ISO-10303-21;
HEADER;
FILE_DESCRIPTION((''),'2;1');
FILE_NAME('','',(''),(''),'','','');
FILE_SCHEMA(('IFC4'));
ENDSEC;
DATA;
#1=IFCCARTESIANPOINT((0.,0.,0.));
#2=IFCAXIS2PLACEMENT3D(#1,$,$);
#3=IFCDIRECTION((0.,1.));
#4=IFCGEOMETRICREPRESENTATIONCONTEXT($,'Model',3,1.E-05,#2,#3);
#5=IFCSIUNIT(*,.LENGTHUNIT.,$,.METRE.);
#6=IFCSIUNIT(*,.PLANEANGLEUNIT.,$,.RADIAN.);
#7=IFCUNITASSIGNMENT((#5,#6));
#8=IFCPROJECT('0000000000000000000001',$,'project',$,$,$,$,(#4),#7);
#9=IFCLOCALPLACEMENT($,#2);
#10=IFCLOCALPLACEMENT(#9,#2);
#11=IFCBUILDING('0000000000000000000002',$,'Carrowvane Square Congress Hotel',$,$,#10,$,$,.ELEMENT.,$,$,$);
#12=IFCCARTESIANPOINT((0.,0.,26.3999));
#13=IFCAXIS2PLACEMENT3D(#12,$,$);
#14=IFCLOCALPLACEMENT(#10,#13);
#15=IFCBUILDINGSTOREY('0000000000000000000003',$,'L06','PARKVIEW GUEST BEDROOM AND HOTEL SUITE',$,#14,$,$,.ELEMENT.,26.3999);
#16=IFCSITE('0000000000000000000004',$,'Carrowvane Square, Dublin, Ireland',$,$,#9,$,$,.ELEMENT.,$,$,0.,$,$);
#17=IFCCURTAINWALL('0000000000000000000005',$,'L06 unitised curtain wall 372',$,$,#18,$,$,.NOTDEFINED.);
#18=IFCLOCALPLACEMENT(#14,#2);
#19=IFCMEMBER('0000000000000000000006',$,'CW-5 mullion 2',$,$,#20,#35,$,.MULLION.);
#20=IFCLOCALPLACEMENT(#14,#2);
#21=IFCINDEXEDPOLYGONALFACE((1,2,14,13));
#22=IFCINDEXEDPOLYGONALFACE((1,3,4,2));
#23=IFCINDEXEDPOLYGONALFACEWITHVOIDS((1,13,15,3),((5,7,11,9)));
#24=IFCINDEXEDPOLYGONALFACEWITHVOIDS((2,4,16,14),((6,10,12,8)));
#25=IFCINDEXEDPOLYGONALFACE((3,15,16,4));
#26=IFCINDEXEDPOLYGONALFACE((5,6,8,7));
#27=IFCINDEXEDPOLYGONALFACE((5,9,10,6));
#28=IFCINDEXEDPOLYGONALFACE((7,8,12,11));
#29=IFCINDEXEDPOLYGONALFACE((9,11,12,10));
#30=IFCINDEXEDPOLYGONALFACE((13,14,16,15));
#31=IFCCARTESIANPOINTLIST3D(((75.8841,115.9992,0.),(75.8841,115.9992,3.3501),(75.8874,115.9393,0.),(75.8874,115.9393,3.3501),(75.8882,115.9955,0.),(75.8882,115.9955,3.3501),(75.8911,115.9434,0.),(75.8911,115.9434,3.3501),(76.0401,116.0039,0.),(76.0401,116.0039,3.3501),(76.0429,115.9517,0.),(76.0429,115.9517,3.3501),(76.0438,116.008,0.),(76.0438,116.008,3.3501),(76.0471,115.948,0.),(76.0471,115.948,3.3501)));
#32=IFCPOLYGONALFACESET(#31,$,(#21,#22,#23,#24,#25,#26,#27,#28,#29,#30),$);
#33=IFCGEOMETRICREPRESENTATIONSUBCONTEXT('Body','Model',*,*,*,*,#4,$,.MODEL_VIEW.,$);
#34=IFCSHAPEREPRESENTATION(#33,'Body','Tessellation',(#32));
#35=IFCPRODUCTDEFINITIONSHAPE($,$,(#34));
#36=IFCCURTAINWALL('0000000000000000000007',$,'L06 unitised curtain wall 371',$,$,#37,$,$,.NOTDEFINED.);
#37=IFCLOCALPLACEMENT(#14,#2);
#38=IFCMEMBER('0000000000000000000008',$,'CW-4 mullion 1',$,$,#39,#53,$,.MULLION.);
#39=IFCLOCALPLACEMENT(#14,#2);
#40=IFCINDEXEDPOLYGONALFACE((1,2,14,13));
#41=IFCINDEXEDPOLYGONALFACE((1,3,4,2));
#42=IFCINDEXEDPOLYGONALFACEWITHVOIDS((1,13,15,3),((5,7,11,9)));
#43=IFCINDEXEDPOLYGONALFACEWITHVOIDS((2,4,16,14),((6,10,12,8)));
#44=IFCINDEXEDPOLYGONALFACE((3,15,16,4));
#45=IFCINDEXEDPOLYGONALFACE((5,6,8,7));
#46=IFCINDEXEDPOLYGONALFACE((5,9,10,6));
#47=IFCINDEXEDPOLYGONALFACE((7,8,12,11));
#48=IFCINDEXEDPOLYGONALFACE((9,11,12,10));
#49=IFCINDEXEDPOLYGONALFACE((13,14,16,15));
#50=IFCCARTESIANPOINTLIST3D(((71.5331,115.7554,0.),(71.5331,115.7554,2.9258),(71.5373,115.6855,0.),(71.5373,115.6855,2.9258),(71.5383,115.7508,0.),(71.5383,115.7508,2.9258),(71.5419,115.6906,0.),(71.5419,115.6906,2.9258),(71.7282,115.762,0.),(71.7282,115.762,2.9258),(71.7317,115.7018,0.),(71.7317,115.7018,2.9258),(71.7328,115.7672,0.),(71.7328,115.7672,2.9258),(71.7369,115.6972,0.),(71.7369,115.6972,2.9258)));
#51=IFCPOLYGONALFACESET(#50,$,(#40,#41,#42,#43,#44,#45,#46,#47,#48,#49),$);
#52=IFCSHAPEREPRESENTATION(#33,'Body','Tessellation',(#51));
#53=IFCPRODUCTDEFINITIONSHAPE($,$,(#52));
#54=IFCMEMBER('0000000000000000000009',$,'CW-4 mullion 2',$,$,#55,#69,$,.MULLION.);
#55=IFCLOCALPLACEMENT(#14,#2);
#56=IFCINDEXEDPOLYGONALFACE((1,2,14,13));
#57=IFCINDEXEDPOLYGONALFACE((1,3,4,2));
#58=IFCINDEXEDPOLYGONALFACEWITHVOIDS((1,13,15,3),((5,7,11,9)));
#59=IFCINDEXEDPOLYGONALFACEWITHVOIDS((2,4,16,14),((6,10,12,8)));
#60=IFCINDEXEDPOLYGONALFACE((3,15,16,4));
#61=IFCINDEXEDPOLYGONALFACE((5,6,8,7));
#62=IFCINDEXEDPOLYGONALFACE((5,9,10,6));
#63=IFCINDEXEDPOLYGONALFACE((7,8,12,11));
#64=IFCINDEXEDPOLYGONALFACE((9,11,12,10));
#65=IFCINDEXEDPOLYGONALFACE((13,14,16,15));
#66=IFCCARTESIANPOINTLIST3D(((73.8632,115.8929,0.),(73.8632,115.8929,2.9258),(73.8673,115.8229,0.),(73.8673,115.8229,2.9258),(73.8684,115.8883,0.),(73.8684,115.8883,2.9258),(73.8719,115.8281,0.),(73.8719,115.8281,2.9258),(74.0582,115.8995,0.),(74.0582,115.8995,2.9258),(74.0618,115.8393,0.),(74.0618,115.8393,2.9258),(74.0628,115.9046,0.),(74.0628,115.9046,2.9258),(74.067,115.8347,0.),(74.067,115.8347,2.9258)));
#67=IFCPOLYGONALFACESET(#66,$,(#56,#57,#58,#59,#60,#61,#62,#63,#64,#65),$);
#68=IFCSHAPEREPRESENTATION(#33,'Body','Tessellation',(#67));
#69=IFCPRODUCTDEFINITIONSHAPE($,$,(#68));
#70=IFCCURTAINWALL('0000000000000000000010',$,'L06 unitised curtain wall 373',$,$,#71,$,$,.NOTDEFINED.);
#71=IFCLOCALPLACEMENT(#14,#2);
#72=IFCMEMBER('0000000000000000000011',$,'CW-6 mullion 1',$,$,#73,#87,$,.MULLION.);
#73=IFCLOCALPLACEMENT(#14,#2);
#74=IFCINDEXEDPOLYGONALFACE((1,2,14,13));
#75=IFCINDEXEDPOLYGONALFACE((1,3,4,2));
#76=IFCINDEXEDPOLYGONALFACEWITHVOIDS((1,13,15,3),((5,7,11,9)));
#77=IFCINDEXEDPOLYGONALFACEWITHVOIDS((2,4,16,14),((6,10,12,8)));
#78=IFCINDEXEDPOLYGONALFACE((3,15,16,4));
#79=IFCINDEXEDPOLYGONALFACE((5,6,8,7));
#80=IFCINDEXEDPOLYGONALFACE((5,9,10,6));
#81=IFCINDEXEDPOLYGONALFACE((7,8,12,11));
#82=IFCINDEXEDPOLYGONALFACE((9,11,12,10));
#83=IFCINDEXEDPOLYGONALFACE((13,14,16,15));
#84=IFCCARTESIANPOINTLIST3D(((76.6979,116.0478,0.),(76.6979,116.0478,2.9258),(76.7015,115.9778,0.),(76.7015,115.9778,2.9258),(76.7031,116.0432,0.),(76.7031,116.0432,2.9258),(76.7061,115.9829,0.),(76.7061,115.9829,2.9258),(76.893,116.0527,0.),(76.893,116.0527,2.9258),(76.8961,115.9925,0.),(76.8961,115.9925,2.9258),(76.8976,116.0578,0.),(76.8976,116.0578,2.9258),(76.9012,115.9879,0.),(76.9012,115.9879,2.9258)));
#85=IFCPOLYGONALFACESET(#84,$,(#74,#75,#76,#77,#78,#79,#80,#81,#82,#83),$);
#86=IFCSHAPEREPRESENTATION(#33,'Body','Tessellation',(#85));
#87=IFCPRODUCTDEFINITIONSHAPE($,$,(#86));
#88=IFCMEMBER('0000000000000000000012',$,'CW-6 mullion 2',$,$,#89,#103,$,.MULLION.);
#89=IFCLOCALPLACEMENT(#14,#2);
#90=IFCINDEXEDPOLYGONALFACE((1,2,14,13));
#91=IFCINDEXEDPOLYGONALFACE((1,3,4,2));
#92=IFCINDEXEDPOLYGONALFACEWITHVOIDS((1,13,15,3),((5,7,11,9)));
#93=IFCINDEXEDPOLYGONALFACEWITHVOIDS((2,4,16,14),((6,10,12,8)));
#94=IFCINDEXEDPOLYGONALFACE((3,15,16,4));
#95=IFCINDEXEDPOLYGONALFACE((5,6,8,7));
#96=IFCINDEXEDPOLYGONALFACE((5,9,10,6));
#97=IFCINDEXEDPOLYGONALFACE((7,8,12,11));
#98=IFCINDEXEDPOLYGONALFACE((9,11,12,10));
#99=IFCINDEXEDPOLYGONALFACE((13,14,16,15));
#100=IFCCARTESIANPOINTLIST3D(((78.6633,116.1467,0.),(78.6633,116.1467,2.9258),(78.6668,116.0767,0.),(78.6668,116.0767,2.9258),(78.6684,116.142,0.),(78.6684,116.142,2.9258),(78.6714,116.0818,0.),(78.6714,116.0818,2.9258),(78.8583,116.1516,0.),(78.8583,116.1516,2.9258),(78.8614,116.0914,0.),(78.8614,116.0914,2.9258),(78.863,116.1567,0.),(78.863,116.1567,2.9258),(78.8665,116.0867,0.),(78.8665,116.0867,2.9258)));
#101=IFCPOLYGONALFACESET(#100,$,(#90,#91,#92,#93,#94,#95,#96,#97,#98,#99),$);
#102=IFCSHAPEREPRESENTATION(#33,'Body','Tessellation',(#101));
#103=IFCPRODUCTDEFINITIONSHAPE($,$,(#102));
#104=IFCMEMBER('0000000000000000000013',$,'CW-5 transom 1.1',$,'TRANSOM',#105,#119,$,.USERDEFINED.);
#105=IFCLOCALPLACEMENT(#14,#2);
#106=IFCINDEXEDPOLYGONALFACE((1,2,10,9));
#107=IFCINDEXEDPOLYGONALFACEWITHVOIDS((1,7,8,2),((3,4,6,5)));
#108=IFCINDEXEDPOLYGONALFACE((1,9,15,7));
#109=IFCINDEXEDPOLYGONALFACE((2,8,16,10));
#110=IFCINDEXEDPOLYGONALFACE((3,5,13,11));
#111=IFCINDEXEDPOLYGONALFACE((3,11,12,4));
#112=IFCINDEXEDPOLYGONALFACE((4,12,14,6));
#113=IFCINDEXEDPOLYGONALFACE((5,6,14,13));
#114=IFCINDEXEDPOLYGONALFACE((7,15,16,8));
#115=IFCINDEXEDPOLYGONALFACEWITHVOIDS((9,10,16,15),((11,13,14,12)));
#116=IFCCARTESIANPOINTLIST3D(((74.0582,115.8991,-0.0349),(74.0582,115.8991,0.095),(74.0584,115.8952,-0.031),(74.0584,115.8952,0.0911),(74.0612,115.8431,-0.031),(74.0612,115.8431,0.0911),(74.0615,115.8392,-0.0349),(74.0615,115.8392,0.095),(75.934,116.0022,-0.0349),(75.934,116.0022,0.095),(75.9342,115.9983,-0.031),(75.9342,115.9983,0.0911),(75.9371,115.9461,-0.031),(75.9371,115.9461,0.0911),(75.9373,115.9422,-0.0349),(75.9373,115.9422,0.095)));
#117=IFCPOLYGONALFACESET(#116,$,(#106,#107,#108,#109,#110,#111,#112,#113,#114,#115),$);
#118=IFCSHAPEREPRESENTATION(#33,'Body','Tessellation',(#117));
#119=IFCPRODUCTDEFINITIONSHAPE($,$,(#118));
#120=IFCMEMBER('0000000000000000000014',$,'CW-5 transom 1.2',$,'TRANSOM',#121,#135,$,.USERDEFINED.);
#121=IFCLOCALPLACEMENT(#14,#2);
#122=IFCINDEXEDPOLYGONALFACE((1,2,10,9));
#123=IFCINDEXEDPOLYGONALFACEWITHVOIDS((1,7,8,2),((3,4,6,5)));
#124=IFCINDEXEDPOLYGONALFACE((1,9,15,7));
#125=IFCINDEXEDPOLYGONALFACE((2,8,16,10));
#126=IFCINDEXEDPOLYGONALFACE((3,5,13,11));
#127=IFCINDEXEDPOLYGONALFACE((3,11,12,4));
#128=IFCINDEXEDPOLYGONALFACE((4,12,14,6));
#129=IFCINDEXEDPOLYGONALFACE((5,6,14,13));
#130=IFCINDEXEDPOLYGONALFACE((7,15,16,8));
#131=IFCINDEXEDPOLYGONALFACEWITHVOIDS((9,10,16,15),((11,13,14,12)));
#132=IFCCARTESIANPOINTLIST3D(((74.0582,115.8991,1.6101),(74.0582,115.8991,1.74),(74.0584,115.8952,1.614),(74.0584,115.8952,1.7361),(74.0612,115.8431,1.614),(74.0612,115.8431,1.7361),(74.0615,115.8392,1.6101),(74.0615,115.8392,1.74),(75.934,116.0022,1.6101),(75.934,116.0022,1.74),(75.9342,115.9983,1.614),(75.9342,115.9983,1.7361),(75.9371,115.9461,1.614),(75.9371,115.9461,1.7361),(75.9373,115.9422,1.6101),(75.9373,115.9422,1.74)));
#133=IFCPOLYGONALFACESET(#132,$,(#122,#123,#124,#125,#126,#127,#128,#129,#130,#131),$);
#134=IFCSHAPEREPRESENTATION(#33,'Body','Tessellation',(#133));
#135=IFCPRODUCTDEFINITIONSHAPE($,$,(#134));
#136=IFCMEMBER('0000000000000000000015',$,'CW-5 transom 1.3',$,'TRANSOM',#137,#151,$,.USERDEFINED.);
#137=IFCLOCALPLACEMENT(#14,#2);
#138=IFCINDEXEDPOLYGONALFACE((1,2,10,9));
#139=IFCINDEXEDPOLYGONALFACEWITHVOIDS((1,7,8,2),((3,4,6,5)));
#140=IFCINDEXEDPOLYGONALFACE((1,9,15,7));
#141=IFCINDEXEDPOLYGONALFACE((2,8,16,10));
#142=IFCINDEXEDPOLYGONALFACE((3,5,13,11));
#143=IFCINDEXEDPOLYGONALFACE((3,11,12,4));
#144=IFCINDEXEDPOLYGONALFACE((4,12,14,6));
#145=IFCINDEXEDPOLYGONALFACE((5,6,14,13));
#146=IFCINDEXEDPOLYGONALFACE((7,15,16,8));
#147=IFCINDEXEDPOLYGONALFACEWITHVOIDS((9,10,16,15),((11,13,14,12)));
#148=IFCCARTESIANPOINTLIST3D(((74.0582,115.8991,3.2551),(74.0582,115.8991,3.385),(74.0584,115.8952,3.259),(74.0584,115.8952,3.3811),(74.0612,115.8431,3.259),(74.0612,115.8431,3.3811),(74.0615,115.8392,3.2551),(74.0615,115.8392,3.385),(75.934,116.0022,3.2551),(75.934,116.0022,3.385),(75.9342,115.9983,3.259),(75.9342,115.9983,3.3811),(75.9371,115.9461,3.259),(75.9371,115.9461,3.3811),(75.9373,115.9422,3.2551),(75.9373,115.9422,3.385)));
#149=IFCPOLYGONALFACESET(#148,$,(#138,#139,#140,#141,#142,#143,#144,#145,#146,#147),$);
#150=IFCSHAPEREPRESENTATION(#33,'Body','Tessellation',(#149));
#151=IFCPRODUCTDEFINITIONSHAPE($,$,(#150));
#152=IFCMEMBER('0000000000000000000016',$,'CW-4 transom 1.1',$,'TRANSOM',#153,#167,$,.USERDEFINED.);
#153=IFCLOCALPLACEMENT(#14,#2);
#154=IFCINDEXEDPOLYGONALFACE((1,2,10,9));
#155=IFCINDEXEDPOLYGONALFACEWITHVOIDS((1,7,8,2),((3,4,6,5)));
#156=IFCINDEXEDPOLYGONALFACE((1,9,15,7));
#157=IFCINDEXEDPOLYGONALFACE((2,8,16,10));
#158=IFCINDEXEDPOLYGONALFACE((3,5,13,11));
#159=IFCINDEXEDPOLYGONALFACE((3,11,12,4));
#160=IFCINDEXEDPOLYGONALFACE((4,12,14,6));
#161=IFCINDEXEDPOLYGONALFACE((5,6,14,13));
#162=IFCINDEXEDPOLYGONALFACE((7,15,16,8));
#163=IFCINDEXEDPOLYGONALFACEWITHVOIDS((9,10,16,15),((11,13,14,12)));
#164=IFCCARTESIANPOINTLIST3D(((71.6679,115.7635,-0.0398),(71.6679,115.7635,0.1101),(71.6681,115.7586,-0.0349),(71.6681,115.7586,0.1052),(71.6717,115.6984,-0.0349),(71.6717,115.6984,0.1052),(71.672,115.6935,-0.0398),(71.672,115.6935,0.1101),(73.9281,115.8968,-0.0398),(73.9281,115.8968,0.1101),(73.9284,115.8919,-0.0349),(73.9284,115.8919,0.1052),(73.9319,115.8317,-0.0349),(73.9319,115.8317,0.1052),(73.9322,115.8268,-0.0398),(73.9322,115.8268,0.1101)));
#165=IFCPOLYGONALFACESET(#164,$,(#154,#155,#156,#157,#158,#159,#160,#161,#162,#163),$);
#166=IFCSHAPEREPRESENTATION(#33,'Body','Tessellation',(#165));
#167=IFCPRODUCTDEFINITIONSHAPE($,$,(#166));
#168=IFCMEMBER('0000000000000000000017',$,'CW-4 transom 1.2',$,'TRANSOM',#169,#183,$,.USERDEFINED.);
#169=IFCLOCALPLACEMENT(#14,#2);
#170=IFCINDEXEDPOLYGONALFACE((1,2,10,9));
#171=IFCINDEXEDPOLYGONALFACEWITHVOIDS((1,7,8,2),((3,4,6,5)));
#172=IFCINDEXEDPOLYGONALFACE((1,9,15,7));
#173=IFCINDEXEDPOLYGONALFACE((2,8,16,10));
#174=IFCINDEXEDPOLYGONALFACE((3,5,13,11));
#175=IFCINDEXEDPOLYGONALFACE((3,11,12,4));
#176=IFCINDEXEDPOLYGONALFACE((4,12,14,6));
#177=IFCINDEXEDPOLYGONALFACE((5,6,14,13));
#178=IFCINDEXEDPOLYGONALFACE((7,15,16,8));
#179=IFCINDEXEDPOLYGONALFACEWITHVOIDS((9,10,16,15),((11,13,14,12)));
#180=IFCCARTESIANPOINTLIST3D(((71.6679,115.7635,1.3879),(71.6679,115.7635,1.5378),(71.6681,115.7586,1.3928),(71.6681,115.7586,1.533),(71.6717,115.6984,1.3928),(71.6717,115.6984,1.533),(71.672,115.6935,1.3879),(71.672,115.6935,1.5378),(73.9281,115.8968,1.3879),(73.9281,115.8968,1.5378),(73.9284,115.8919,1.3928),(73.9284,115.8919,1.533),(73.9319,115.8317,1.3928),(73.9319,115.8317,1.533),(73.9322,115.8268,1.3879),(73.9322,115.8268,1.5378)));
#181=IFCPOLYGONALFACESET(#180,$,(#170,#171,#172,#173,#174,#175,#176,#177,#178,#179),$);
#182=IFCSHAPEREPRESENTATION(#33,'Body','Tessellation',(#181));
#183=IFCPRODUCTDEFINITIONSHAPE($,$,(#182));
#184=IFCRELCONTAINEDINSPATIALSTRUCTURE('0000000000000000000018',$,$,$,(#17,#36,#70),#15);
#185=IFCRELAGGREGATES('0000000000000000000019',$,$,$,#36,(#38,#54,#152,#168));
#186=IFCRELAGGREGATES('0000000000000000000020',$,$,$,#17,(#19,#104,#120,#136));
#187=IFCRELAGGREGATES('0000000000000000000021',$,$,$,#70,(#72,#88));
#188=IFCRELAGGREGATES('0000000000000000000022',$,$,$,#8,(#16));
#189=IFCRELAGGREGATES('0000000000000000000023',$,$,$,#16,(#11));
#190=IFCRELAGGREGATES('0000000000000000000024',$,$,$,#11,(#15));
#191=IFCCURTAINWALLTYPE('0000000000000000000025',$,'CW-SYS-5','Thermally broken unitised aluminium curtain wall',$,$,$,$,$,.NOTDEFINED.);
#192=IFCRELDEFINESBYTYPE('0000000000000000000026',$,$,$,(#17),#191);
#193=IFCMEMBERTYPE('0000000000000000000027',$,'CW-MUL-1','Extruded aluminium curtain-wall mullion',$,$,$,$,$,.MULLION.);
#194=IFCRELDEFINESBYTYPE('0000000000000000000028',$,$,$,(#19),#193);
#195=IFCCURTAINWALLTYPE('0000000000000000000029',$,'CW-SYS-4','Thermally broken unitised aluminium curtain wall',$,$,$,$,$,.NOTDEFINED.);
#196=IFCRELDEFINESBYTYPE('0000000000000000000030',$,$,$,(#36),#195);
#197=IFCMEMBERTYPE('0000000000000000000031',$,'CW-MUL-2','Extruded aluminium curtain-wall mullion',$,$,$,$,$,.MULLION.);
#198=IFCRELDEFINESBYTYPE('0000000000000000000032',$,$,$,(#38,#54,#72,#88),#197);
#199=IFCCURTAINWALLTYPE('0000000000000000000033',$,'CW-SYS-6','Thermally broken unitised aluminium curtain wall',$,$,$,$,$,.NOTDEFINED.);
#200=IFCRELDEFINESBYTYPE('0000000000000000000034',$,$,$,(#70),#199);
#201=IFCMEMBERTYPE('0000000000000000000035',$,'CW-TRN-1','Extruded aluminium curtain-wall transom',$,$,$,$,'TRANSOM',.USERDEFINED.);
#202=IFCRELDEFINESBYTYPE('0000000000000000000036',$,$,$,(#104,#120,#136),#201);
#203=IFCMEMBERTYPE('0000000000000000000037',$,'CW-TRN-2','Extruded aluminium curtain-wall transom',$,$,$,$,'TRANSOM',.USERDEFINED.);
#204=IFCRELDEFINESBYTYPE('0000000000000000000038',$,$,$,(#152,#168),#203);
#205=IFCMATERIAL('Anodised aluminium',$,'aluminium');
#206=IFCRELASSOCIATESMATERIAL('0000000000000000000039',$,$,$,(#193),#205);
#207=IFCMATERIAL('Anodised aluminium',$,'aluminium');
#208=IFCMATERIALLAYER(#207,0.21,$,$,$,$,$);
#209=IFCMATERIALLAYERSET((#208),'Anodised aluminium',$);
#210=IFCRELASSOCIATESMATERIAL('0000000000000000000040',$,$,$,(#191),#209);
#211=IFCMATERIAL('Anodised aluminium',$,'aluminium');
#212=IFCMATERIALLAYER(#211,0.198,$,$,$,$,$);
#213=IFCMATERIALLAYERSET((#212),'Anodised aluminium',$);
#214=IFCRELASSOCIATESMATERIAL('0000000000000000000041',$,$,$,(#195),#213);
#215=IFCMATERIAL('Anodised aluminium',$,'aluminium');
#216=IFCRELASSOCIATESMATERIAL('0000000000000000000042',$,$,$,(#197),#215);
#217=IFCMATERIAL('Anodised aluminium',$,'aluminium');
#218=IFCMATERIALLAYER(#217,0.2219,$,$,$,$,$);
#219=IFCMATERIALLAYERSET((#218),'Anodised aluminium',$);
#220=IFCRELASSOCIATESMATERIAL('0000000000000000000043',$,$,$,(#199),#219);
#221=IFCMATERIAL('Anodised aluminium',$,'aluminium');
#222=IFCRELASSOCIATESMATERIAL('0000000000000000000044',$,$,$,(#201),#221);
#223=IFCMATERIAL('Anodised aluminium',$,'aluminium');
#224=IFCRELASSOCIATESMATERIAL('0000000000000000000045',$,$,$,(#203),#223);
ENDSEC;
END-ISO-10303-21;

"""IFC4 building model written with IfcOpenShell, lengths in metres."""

from ifc_helpers import new_model, si_unit, direction, frame, origin, origin_2d, place, context, subcontext, project, spatial, hollow_rectangle, extrude, material, layer, layer_set, material_profile, profile_set, type_object, element, aggregate, save


model = new_model("IFC4")

# Units and contexts
model_context = context("Model", 3, precision=1e-05, world=origin(), true_north=direction((0.0, 1.0)))
body_context = subcontext(model_context, "Body", "Model", "MODEL_VIEW")
ifc_project = project(units=[si_unit("LENGTHUNIT", "METRE"), si_unit("PLANEANGLEUNIT", "RADIAN")], contexts=[model_context])

# Site, building, storey
site_placement = place(None, origin())
site = spatial("IfcSite", under=ifc_project, at=site_placement, Name="Carrowvane Square, Dublin, Ireland", CompositionType="ELEMENT", RefElevation=0.0)
building_placement = place(site_placement, origin())
building = spatial("IfcBuilding", under=site, at=building_placement, Name="Carrowvane Square Congress Hotel", CompositionType="ELEMENT")
storey_placement = place(building_placement, frame((0.0, 0.0, 26.3999)))
storey = spatial("IfcBuildingStorey", under=building, at=storey_placement, Name="L06", Description="PARKVIEW GUEST BEDROOM AND HOTEL SUITE", CompositionType="ELEMENT", Elevation=26.3999)

# Shared definitions
ifc_material_1 = material(Name="Anodised aluminium", Category="aluminium")
ifc_material_profile_1 = material_profile(ifc_material_1, hollow_rectangle(XDim=0.0601, YDim=0.1599, WallThickness=0.0039, at=origin_2d()), Name="CW-ML 60x160x4")
ifc_profile_set_1 = profile_set([ifc_material_profile_1], Name="Anodised aluminium")
member_type_1 = type_object("IfcMemberType", Name="CW-MUL-1", Description="Extruded aluminium curtain-wall mullion", PredefinedType="MULLION", material=ifc_profile_set_1)

# Curtain walls, members
ifc_material_2 = material(Name="Anodised aluminium", Category="aluminium")
ifc_layer_1 = layer(ifc_material_2, 0.21)
ifc_layer_set_1 = layer_set([ifc_layer_1], Name="Anodised aluminium")
curtain_wall_type_1 = type_object("IfcCurtainWallType", Name="CW-SYS-5", Description="Thermally broken unitised aluminium curtain wall", PredefinedType="NOTDEFINED", material=ifc_layer_set_1)
curtain_wall_1_placement = place(storey_placement, origin())
curtain_wall_1 = element("IfcCurtainWall", 1, at=curtain_wall_1_placement, inside=storey, type_object=curtain_wall_type_1, Name="L06 unitised curtain wall 372", PredefinedType="NOTDEFINED")
member_1_placement = place(storey_placement, frame((75.9656, 115.9736, 0.0), z_axis=(0.0, 0.0, 1.0), x_axis=(-0.054816, 0.998496, 0.0)))
member_1 = element("IfcMember", 2, at=member_1_placement, type_object=member_type_1, Name="CW-5 mullion 2", PredefinedType="MULLION", context=body_context, shape_type="SweptSolid", body=[
    extrude(hollow_rectangle(XDim=0.0601, YDim=0.1599, WallThickness=0.0039, at=origin_2d()), origin(), (0.0, 0.0, 1.0), 3.3501),
])
ifc_material_3 = material(Name="Anodised aluminium", Category="aluminium")
ifc_layer_2 = layer(ifc_material_3, 0.198)
ifc_layer_set_2 = layer_set([ifc_layer_2], Name="Anodised aluminium")
curtain_wall_type_2 = type_object("IfcCurtainWallType", Name="CW-SYS-4", Description="Thermally broken unitised aluminium curtain wall", PredefinedType="NOTDEFINED", material=ifc_layer_set_2)
curtain_wall_2_placement = place(storey_placement, origin())
curtain_wall_2 = element("IfcCurtainWall", 3, at=curtain_wall_2_placement, inside=storey, type_object=curtain_wall_type_2, Name="L06 unitised curtain wall 371", PredefinedType="NOTDEFINED")
ifc_material_4 = material(Name="Anodised aluminium", Category="aluminium")
ifc_material_profile_2 = material_profile(ifc_material_4, hollow_rectangle(XDim=0.0701, YDim=0.2, WallThickness=0.0049, at=origin_2d()), Name="CW-ML 70x200x5")
ifc_profile_set_2 = profile_set([ifc_material_profile_2], Name="Anodised aluminium")
member_type_2 = type_object("IfcMemberType", Name="CW-MUL-2", Description="Extruded aluminium curtain-wall mullion", PredefinedType="MULLION", material=ifc_profile_set_2)
member_2_placement = place(storey_placement, frame((71.635, 115.7263, 0.0), z_axis=(0.0, 0.0, 1.0), x_axis=(-0.058851, 0.998267, 0.0)))
member_2 = element("IfcMember", 4, at=member_2_placement, type_object=member_type_2, Name="CW-4 mullion 1", PredefinedType="MULLION", context=body_context, shape_type="SweptSolid", body=[
    extrude(hollow_rectangle(XDim=0.0701, YDim=0.2, WallThickness=0.0049, at=origin_2d()), origin(), (0.0, 0.0, 1.0), 2.9258),
])
member_3_placement = place(storey_placement, frame((73.9651, 115.8638, 0.0), z_axis=(0.0, 0.0, 1.0), x_axis=(-0.058851, 0.998267, 0.0)))
member_3 = element("IfcMember", 5, at=member_3_placement, type_object=member_type_2, Name="CW-4 mullion 2", PredefinedType="MULLION", context=body_context, shape_type="SweptSolid", body=[
    extrude(hollow_rectangle(XDim=0.0701, YDim=0.2, WallThickness=0.0049, at=origin_2d()), origin(), (0.0, 0.0, 1.0), 2.9258),
])
ifc_material_5 = material(Name="Anodised aluminium", Category="aluminium")
ifc_layer_3 = layer(ifc_material_5, 0.2219)
ifc_layer_set_3 = layer_set([ifc_layer_3], Name="Anodised aluminium")
curtain_wall_type_3 = type_object("IfcCurtainWallType", Name="CW-SYS-6", Description="Thermally broken unitised aluminium curtain wall", PredefinedType="NOTDEFINED", material=ifc_layer_set_3)
curtain_wall_3_placement = place(storey_placement, origin())
curtain_wall_3 = element("IfcCurtainWall", 6, at=curtain_wall_3_placement, inside=storey, type_object=curtain_wall_type_3, Name="L06 unitised curtain wall 373", PredefinedType="NOTDEFINED")
member_4_placement = place(storey_placement, frame((76.7996, 116.0178, 0.0), z_axis=(0.0, 0.0, 1.0), x_axis=(-0.050324, 0.998733, 0.0)))
member_4 = element("IfcMember", 7, at=member_4_placement, type_object=member_type_2, Name="CW-6 mullion 1", PredefinedType="MULLION", context=body_context, shape_type="SweptSolid", body=[
    extrude(hollow_rectangle(XDim=0.0701, YDim=0.2, WallThickness=0.0049, at=origin_2d()), origin(), (0.0, 0.0, 1.0), 2.9258),
])
member_5_placement = place(storey_placement, frame((78.7649, 116.1167, 0.0), z_axis=(0.0, 0.0, 1.0), x_axis=(-0.050324, 0.998733, 0.0)))
member_5 = element("IfcMember", 8, at=member_5_placement, type_object=member_type_2, Name="CW-6 mullion 2", PredefinedType="MULLION", context=body_context, shape_type="SweptSolid", body=[
    extrude(hollow_rectangle(XDim=0.0701, YDim=0.2, WallThickness=0.0049, at=origin_2d()), origin(), (0.0, 0.0, 1.0), 2.9258),
])

# Members
ifc_material_6 = material(Name="Anodised aluminium", Category="aluminium")
ifc_material_profile_3 = material_profile(ifc_material_6, hollow_rectangle(XDim=0.0601, YDim=0.1299, WallThickness=0.0039, at=origin_2d()), Name="CW-TR 60x130x4")
ifc_profile_set_3 = profile_set([ifc_material_profile_3], Name="Anodised aluminium")
member_type_3 = type_object("IfcMemberType", Name="CW-TRN-1", Description="Extruded aluminium curtain-wall transom", ElementType="TRANSOM", PredefinedType="USERDEFINED", material=ifc_profile_set_3)
member_6_placement = place(storey_placement, frame((74.0598, 115.8691, 0.03), z_axis=(0.998495, 0.054844, 0.0), x_axis=(-0.054844, 0.998495, 0.0)))
member_6 = element("IfcMember", 9, at=member_6_placement, type_object=member_type_3, Name="CW-5 transom 1.1", ObjectType="TRANSOM", PredefinedType="USERDEFINED", context=body_context, shape_type="SweptSolid", body=[
    extrude(hollow_rectangle(XDim=0.0601, YDim=0.1299, WallThickness=0.0039, at=origin_2d()), origin(), (0.0, 0.0, 1.0), 1.8787),
])
member_7_placement = place(storey_placement, frame((74.0598, 115.8691, 1.675), z_axis=(0.998495, 0.054844, 0.0), x_axis=(-0.054844, 0.998495, 0.0)))
member_7 = element("IfcMember", 10, at=member_7_placement, type_object=member_type_3, Name="CW-5 transom 1.2", ObjectType="TRANSOM", PredefinedType="USERDEFINED", context=body_context, shape_type="SweptSolid", body=[
    extrude(hollow_rectangle(XDim=0.0601, YDim=0.1299, WallThickness=0.0039, at=origin_2d()), origin(), (0.0, 0.0, 1.0), 1.8787),
])
member_8_placement = place(storey_placement, frame((74.0598, 115.8691, 3.3201), z_axis=(0.998495, 0.054844, 0.0), x_axis=(-0.054844, 0.998495, 0.0)))
member_8 = element("IfcMember", 11, at=member_8_placement, type_object=member_type_3, Name="CW-5 transom 1.3", ObjectType="TRANSOM", PredefinedType="USERDEFINED", context=body_context, shape_type="SweptSolid", body=[
    extrude(hollow_rectangle(XDim=0.0601, YDim=0.1299, WallThickness=0.0039, at=origin_2d()), origin(), (0.0, 0.0, 1.0), 1.8787),
])
ifc_material_7 = material(Name="Anodised aluminium", Category="aluminium")
ifc_material_profile_4 = material_profile(ifc_material_7, hollow_rectangle(XDim=0.0701, YDim=0.1499, WallThickness=0.0049, at=origin_2d()), Name="CW-TR 70x150x5")
ifc_profile_set_4 = profile_set([ifc_material_profile_4], Name="Anodised aluminium")
member_type_4 = type_object("IfcMemberType", Name="CW-TRN-2", Description="Extruded aluminium curtain-wall transom", ElementType="TRANSOM", PredefinedType="USERDEFINED", material=ifc_profile_set_4)
member_9_placement = place(storey_placement, frame((71.6699, 115.7285, 0.0352), z_axis=(0.998265, 0.058874, 0.0), x_axis=(-0.058874, 0.998265, 0.0)))
member_9 = element("IfcMember", 12, at=member_9_placement, type_object=member_type_4, Name="CW-4 transom 1.1", ObjectType="TRANSOM", PredefinedType="USERDEFINED", context=body_context, shape_type="SweptSolid", body=[
    extrude(hollow_rectangle(XDim=0.0701, YDim=0.1499, WallThickness=0.0049, at=origin_2d()), origin(), (0.0, 0.0, 1.0), 2.2642),
])
member_10_placement = place(storey_placement, frame((71.6699, 115.7285, 1.4629), z_axis=(0.998265, 0.058874, 0.0), x_axis=(-0.058874, 0.998265, 0.0)))
member_10 = element("IfcMember", 13, at=member_10_placement, type_object=member_type_4, Name="CW-4 transom 1.2", ObjectType="TRANSOM", PredefinedType="USERDEFINED", context=body_context, shape_type="SweptSolid", body=[
    extrude(hollow_rectangle(XDim=0.0701, YDim=0.1499, WallThickness=0.0049, at=origin_2d()), origin(), (0.0, 0.0, 1.0), 2.2642),
])

aggregate(curtain_wall_2, [member_2, member_3, member_9, member_10])
aggregate(curtain_wall_1, [member_1, member_6, member_7, member_8])
aggregate(curtain_wall_3, [member_4, member_5])

save(model, "model.ifc")
